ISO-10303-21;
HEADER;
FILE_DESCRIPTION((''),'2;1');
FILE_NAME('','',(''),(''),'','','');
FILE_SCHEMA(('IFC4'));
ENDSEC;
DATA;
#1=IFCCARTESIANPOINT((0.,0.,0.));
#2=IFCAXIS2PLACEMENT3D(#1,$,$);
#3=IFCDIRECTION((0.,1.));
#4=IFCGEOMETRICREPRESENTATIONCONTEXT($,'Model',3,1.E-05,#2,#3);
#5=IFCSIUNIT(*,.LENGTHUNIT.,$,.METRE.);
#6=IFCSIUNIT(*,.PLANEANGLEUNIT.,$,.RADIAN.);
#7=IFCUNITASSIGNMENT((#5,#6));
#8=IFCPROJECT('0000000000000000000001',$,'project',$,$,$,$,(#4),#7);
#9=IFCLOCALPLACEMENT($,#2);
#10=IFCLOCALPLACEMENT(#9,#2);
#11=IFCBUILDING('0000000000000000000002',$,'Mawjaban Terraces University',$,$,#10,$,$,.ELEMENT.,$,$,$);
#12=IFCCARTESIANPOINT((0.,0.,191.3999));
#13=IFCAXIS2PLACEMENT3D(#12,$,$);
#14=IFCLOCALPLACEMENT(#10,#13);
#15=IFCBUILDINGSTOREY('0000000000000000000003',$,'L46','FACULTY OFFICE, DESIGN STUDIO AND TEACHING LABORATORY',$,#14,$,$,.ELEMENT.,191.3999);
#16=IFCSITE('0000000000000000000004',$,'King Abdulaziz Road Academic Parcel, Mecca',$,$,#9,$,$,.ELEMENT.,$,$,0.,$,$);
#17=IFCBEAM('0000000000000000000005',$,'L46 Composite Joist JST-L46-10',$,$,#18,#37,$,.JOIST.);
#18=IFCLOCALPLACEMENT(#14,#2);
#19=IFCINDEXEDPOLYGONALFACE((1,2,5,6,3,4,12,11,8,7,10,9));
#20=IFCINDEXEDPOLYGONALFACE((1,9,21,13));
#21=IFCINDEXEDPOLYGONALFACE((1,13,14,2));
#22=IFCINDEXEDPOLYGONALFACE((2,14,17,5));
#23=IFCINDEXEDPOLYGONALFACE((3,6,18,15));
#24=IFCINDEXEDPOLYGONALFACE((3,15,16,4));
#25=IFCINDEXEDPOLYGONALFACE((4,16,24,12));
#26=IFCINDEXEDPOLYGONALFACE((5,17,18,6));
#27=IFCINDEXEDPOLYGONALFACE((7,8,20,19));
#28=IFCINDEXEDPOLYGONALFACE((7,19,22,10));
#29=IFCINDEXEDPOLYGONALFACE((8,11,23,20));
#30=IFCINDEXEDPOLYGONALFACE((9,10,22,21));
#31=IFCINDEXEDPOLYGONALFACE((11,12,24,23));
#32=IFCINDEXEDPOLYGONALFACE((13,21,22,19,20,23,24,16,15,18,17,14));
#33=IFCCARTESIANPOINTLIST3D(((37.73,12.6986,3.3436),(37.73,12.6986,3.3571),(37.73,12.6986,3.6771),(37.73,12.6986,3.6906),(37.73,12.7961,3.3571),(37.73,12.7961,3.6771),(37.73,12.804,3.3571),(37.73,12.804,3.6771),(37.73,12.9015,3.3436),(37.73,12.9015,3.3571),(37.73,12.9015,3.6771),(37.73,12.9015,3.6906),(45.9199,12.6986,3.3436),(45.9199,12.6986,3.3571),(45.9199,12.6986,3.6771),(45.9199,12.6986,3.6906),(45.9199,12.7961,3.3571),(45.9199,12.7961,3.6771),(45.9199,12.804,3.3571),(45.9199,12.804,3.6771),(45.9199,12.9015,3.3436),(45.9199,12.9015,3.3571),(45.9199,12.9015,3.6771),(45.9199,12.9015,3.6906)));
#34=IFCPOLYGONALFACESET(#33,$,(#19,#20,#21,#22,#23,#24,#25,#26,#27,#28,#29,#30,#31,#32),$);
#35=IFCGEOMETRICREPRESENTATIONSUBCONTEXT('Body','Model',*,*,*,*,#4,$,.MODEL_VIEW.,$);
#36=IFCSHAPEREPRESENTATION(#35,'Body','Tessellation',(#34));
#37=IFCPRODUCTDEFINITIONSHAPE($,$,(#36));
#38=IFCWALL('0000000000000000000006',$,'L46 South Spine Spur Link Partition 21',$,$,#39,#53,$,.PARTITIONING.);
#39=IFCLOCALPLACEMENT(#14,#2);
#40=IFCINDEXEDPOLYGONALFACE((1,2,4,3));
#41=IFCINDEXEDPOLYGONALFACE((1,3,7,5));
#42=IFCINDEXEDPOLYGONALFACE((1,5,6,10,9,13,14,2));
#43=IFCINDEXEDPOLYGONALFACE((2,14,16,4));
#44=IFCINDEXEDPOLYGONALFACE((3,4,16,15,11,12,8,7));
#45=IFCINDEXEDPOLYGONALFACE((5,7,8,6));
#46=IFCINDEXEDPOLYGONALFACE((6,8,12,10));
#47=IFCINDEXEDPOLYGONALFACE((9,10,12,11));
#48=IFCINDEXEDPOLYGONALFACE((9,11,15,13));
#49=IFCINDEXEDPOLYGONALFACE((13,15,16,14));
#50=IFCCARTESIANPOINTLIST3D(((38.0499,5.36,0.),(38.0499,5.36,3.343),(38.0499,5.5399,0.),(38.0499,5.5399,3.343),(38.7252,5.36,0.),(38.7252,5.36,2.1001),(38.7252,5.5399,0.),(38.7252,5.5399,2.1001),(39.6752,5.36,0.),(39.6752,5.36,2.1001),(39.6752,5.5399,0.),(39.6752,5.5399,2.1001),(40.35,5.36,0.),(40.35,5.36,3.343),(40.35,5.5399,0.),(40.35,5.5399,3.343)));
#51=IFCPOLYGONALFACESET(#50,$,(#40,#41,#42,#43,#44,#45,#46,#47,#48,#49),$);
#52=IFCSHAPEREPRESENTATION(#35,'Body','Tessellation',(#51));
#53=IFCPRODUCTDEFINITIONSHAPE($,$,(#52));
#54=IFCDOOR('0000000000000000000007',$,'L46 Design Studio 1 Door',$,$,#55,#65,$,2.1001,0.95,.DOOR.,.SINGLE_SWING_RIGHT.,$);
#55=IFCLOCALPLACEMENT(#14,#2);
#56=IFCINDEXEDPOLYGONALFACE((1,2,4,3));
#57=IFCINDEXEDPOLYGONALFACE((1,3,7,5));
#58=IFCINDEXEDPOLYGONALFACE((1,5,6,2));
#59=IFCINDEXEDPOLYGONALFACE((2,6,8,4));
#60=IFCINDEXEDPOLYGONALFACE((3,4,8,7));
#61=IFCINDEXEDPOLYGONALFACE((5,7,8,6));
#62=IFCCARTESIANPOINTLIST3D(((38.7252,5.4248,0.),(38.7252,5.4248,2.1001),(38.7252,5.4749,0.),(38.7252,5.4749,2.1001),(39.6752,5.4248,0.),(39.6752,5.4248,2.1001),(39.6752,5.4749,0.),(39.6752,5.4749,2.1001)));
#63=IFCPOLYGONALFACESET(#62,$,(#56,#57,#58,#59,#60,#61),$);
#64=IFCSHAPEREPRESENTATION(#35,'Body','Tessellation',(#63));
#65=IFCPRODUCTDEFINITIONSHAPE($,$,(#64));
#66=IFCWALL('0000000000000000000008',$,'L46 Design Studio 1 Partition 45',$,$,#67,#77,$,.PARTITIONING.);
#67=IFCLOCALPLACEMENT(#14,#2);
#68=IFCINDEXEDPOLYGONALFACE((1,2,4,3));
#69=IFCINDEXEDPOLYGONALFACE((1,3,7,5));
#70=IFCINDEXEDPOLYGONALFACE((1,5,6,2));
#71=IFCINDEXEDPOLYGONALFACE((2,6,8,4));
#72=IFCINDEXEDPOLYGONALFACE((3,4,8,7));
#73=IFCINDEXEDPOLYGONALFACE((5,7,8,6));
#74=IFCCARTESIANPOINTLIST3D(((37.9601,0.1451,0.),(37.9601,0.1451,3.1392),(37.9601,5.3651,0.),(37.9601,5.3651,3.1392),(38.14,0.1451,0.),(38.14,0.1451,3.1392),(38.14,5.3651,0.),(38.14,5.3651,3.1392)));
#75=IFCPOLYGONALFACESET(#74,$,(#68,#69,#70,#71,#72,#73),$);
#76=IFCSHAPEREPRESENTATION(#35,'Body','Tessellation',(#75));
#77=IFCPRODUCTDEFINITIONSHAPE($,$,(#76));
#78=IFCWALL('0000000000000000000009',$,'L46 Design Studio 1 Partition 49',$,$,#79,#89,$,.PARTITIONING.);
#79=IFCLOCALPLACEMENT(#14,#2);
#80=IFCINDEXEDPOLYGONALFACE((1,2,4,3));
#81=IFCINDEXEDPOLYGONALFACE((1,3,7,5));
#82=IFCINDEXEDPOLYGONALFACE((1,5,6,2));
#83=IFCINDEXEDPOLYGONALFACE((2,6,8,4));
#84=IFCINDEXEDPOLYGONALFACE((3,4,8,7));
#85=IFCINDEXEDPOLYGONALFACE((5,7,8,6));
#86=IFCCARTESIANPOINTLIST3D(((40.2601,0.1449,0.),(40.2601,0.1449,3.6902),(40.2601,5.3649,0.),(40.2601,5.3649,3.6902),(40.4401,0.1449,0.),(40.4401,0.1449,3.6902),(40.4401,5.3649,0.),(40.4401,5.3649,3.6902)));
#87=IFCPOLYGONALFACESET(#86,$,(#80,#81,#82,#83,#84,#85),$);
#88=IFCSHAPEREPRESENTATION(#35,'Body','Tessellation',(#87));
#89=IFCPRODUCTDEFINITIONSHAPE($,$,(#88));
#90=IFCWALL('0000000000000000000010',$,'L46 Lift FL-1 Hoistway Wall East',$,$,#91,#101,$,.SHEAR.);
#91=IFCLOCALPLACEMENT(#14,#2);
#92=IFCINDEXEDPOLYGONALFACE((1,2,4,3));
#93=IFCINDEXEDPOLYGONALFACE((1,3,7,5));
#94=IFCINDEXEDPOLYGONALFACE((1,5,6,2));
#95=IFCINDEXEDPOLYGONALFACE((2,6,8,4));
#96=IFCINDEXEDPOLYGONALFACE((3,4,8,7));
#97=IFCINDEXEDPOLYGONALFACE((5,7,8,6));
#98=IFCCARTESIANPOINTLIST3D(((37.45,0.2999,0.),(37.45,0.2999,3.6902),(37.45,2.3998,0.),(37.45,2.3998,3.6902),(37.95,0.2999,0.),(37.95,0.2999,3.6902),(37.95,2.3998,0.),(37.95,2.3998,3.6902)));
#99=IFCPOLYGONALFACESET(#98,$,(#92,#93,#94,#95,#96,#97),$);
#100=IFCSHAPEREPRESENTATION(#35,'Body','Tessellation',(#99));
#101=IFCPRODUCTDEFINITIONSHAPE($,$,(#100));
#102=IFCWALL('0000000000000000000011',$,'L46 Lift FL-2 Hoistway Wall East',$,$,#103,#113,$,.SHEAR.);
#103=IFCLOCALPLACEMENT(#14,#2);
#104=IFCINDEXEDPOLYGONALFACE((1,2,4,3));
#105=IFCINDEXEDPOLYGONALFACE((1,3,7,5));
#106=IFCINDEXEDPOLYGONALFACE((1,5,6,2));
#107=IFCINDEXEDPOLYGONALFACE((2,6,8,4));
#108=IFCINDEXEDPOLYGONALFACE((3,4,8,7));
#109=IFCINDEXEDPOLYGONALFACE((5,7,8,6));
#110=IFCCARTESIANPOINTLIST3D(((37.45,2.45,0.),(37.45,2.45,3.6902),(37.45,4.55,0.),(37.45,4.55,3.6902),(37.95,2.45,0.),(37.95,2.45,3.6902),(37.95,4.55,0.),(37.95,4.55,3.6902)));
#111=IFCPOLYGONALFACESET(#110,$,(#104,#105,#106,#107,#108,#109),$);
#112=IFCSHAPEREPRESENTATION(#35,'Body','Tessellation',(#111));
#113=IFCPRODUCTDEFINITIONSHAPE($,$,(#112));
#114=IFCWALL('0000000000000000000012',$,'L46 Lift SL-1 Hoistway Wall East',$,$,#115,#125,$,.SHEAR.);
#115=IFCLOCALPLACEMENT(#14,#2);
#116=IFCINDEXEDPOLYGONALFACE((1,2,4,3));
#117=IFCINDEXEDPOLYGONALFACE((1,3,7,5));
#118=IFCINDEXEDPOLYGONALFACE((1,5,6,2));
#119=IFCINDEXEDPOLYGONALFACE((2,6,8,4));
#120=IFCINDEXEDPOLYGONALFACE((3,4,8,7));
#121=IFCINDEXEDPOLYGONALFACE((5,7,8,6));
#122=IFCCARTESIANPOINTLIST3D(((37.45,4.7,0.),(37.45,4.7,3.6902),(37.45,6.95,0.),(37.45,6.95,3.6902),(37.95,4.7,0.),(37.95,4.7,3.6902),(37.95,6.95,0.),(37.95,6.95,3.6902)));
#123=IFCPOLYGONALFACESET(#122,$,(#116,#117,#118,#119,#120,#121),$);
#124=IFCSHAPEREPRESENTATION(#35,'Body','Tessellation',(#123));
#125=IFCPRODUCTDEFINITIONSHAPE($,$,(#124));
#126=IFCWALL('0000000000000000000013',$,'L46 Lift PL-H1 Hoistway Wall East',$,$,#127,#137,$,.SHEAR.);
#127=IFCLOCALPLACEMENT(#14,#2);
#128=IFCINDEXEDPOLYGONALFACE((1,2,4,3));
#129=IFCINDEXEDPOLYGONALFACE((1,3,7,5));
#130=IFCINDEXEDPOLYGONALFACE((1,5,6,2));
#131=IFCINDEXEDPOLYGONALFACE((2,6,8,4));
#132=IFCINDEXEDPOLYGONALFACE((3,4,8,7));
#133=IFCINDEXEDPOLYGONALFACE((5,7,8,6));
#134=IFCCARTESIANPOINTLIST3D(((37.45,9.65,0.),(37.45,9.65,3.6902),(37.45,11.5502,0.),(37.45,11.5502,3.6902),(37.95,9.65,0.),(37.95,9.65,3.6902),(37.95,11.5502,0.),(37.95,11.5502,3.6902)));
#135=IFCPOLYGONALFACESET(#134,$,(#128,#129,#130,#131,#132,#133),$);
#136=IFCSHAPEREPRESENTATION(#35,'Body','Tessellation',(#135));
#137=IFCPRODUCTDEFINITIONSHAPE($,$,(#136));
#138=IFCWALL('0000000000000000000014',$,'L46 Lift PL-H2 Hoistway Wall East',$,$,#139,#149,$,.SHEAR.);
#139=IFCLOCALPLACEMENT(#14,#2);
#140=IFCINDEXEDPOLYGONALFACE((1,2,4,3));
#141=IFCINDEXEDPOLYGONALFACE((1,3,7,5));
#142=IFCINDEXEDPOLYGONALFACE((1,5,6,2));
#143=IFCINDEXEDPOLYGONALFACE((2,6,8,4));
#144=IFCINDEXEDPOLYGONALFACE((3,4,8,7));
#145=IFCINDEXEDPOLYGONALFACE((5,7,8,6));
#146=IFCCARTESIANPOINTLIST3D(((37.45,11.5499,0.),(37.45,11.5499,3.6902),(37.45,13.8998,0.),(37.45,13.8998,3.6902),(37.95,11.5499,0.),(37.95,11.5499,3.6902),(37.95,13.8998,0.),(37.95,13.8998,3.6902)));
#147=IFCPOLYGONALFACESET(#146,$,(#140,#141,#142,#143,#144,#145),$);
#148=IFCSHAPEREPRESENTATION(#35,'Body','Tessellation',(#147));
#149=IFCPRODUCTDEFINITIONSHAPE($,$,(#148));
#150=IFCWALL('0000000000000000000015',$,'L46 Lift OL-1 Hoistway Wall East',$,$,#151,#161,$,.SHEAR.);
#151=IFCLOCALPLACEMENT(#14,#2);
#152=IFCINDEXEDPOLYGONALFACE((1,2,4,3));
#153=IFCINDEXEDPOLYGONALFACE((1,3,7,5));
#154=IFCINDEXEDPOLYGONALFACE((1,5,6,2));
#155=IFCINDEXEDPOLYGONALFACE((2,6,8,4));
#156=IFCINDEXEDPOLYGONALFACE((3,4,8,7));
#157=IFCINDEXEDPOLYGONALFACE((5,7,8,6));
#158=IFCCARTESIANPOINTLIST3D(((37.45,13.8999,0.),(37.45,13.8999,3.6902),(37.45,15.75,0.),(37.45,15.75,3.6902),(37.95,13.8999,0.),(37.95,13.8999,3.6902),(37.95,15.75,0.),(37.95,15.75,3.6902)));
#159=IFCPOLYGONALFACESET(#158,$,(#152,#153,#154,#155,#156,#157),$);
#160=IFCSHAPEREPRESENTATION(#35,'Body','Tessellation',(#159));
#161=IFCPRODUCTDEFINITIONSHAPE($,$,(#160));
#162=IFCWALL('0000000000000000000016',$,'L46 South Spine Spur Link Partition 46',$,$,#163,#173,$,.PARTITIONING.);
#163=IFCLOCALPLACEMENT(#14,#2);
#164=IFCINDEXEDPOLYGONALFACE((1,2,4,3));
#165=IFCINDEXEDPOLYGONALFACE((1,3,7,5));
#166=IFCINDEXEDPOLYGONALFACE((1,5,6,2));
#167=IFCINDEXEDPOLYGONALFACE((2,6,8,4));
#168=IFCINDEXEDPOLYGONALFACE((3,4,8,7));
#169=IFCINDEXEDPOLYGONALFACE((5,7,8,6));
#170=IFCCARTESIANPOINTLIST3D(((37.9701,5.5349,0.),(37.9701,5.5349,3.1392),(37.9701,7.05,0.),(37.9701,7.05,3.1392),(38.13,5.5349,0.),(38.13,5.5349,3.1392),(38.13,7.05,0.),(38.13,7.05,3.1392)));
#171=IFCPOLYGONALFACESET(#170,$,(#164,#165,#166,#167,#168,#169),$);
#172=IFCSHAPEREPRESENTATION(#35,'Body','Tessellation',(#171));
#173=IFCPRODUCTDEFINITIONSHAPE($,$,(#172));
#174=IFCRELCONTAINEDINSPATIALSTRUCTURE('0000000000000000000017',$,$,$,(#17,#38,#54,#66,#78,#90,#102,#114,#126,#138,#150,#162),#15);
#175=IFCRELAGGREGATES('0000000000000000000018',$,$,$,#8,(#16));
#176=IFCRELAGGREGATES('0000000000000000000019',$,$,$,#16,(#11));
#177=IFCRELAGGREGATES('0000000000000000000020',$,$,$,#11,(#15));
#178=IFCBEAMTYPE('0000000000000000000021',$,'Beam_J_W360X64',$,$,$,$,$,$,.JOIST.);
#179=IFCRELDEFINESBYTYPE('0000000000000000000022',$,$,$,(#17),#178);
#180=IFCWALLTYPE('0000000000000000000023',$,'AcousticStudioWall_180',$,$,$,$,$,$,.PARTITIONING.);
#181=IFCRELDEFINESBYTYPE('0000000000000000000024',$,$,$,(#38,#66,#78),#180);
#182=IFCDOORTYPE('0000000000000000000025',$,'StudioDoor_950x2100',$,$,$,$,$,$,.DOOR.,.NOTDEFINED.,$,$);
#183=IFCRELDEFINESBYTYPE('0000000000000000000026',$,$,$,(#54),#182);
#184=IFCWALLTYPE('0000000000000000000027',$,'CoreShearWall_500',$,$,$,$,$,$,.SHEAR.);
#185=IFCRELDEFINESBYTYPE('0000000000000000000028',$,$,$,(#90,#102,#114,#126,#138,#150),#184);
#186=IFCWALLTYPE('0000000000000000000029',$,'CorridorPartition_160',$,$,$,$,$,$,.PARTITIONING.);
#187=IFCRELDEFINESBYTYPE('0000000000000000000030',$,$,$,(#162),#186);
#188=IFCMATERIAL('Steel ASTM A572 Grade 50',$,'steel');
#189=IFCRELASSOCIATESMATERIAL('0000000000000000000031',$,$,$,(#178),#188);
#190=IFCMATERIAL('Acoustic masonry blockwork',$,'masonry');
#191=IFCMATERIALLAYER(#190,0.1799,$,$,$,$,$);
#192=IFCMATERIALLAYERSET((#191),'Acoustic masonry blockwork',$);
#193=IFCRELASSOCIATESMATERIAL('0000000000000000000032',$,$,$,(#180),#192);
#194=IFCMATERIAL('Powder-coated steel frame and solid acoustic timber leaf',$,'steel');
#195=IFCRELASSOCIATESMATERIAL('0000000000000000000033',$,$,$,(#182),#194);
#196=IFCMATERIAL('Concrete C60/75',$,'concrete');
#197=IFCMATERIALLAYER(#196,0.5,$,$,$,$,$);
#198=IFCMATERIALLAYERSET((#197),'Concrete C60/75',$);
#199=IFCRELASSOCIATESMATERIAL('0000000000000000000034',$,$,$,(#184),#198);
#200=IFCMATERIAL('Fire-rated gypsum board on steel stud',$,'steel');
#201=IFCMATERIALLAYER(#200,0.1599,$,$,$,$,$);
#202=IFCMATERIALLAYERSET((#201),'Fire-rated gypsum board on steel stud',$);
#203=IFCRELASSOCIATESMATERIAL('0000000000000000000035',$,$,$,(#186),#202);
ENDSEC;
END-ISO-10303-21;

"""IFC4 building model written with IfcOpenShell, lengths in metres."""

from ifc_helpers import new_model, si_unit, direction, frame, frame_2d, origin, origin_2d, place, context, subcontext, project, spatial, rectangle, i_section, extrude, material, layer, layer_set, material_profile, profile_set, type_object, element, fill, save


model = new_model("IFC4")

# Units and contexts
model_context = context("Model", 3, precision=1e-05, world=origin(), true_north=direction((0.0, 1.0)))
body_context = subcontext(model_context, "Body", "Model", "MODEL_VIEW")
ifc_project = project(units=[si_unit("LENGTHUNIT", "METRE"), si_unit("PLANEANGLEUNIT", "RADIAN")], contexts=[model_context])

# Site, building, storey
site_placement = place(None, origin())
site = spatial("IfcSite", under=ifc_project, at=site_placement, Name="King Abdulaziz Road Academic Parcel, Mecca", CompositionType="ELEMENT", RefElevation=0.0)
building_placement = place(site_placement, origin())
building = spatial("IfcBuilding", under=site, at=building_placement, Name="Mawjaban Terraces University", CompositionType="ELEMENT")
storey_placement = place(building_placement, frame((0.0, 0.0, 191.3999)))
storey = spatial("IfcBuildingStorey", under=building, at=storey_placement, Name="L46", Description="FACULTY OFFICE, DESIGN STUDIO AND TEACHING LABORATORY", CompositionType="ELEMENT", Elevation=191.3999)

# Shared definitions
ifc_material_1 = material(Name="Concrete C60/75", Category="concrete")

# Beam
ifc_material_2 = material(Name="Steel ASTM A572 Grade 50", Category="steel")
ifc_material_profile_1 = material_profile(ifc_material_2, i_section(OverallWidth=0.2029, OverallDepth=0.3469, WebThickness=0.0078, FlangeThickness=0.0134, at=origin_2d()), Name="W360X64")
ifc_profile_set_1 = profile_set([ifc_material_profile_1], Name="Steel ASTM A572 Grade 50")
beam_type_1 = type_object("IfcBeamType", Name="Beam_J_W360X64", PredefinedType="JOIST", material=ifc_profile_set_1)
for number, where, z_axis, x_axis, name in (
    (1, (37.73, 12.8, 3.5171), (1.0, 0.0, 0.0), (0.0, 1.0, 0.0), "L46 Composite Joist JST-L46-10"),
):
    element("IfcBeam", number, at=place(storey_placement, frame(where, z_axis=z_axis, x_axis=x_axis)), inside=storey, type_object=beam_type_1, Name=name, PredefinedType="JOIST", context=body_context, shape_type="SweptSolid", body=[
        extrude(i_section(OverallWidth=0.2029, OverallDepth=0.3469, WebThickness=0.0078, FlangeThickness=0.0134, at=origin_2d()), origin(), (0.0, 0.0, 1.0), 8.1899),
    ])

# Wall, opening, door
ifc_material_3 = material(Name="Acoustic masonry blockwork", Category="masonry")
ifc_layer_1 = layer(ifc_material_3, 0.1799)
ifc_layer_set_1 = layer_set([ifc_layer_1], Name="Acoustic masonry blockwork")
wall_type_1 = type_object("IfcWallType", Name="AcousticStudioWall_180", PredefinedType="PARTITIONING", material=ifc_layer_set_1)
wall_1_placement = place(storey_placement, frame((38.05, 5.45, 0.0), z_axis=(0.0, 0.0, 1.0), x_axis=(1.0, 0.0, 0.0)))
wall_1 = element("IfcWall", 2, at=wall_1_placement, inside=storey, type_object=wall_type_1, Name="L46 South Spine Spur Link Partition 21", PredefinedType="PARTITIONING", context=body_context, shape_type="SweptSolid", body=[
    extrude(rectangle(XDim=2.3, YDim=0.1799, at=frame_2d((1.1499, 0.0))), origin(), (0.0, 0.0, 1.0), 3.343),
])
opening_1_placement = place(wall_1_placement, frame((0.675, 0.0, 0.0)))
opening_1 = element("IfcOpeningElement", 3, at=opening_1_placement, cuts=wall_1, PredefinedType="OPENING", context=body_context, shape_type="SweptSolid", body=[
    extrude(rectangle(XDim=0.95, YDim=2.1001, at=frame_2d((0.4751, 1.05))), frame((0.0, 0.0999, 0.0), z_axis=(0.0, -1.0, 0.0), x_axis=(1.0, 0.0, 0.0)), (0.0, 0.0, 1.0), 0.2),
])
ifc_material_4 = material(Name="Powder-coated steel frame and solid acoustic timber leaf", Category="steel")
door_type_1 = type_object("IfcDoorType", Name="StudioDoor_950x2100", OperationType="NOTDEFINED", PredefinedType="DOOR", material=ifc_material_4)
door_1_placement = place(opening_1_placement, origin())
door_1 = element("IfcDoor", 4, at=door_1_placement, inside=storey, type_object=door_type_1, Name="L46 Design Studio 1 Door", OperationType="SINGLE_SWING_RIGHT", OverallHeight=2.1001, OverallWidth=0.95, PredefinedType="DOOR", context=body_context, shape_type="SweptSolid", body=[
    extrude(rectangle(XDim=0.95, YDim=2.1001, at=frame_2d((0.4751, 1.05))), frame((0.0, 0.0249, 0.0), z_axis=(0.0, -1.0, 0.0), x_axis=(1.0, 0.0, 0.0)), (0.0, 0.0, 1.0), 0.05),
])
fill(opening_1, door_1)

# Walls
wall_2_placement = place(storey_placement, frame((38.05, 5.365, 0.0), z_axis=(0.0, 0.0, 1.0), x_axis=(0.0, -1.0, 0.0)))
element("IfcWall", 5, at=wall_2_placement, inside=storey, type_object=wall_type_1, Name="L46 Design Studio 1 Partition 45", PredefinedType="PARTITIONING", context=body_context, shape_type="SweptSolid", body=[
    extrude(rectangle(XDim=5.22, YDim=0.1799, at=frame_2d((2.6099, 0.0))), origin(), (0.0, 0.0, 1.0), 3.1392),
])
wall_3_placement = place(storey_placement, frame((40.3501, 0.145, 0.0), z_axis=(0.0, 0.0, 1.0), x_axis=(0.0, 1.0, 0.0)))
element("IfcWall", 6, at=wall_3_placement, inside=storey, type_object=wall_type_1, Name="L46 Design Studio 1 Partition 49", PredefinedType="PARTITIONING", context=body_context, shape_type="SweptSolid", body=[
    extrude(rectangle(XDim=5.22, YDim=0.1799, at=frame_2d((2.6099, 0.0))), origin(), (0.0, 0.0, 1.0), 3.6902),
])
ifc_layer_2 = layer(ifc_material_1, 0.5)
ifc_layer_set_2 = layer_set([ifc_layer_2], Name="Concrete C60/75")
wall_type_2 = type_object("IfcWallType", Name="CoreShearWall_500", PredefinedType="SHEAR", material=ifc_layer_set_2)
wall_4_placement = place(storey_placement, frame((37.7, 0.3, 0.0), z_axis=(0.0, 0.0, 1.0), x_axis=(0.0, 1.0, 0.0)))
element("IfcWall", 7, at=wall_4_placement, inside=storey, type_object=wall_type_2, Name="L46 Lift FL-1 Hoistway Wall East", PredefinedType="SHEAR", context=body_context, shape_type="SweptSolid", body=[
    extrude(rectangle(XDim=2.0999, YDim=0.5, at=frame_2d((1.0498, 0.0))), origin(), (0.0, 0.0, 1.0), 3.6902),
])
wall_5_placement = place(storey_placement, frame((37.7, 2.45, 0.0), z_axis=(0.0, 0.0, 1.0), x_axis=(0.0, 1.0, 0.0)))
element("IfcWall", 8, at=wall_5_placement, inside=storey, type_object=wall_type_2, Name="L46 Lift FL-2 Hoistway Wall East", PredefinedType="SHEAR", context=body_context, shape_type="SweptSolid", body=[
    extrude(rectangle(XDim=2.1001, YDim=0.5, at=frame_2d((1.05, 0.0))), origin(), (0.0, 0.0, 1.0), 3.6902),
])
wall_6_placement = place(storey_placement, frame((37.7, 4.7, 0.0), z_axis=(0.0, 0.0, 1.0), x_axis=(0.0, 1.0, 0.0)))
element("IfcWall", 9, at=wall_6_placement, inside=storey, type_object=wall_type_2, Name="L46 Lift SL-1 Hoistway Wall East", PredefinedType="SHEAR", context=body_context, shape_type="SweptSolid", body=[
    extrude(rectangle(XDim=2.25, YDim=0.5, at=frame_2d((1.125, 0.0))), origin(), (0.0, 0.0, 1.0), 3.6902),
])
wall_7_placement = place(storey_placement, frame((37.7, 9.6499, 0.0), z_axis=(0.0, 0.0, 1.0), x_axis=(0.0, 1.0, 0.0)))
element("IfcWall", 10, at=wall_7_placement, inside=storey, type_object=wall_type_2, Name="L46 Lift PL-H1 Hoistway Wall East", PredefinedType="SHEAR", context=body_context, shape_type="SweptSolid", body=[
    extrude(rectangle(XDim=1.9001, YDim=0.5, at=frame_2d((0.9502, 0.0))), origin(), (0.0, 0.0, 1.0), 3.6902),
])
wall_8_placement = place(storey_placement, frame((37.7, 11.55, 0.0), z_axis=(0.0, 0.0, 1.0), x_axis=(0.0, 1.0, 0.0)))
element("IfcWall", 11, at=wall_8_placement, inside=storey, type_object=wall_type_2, Name="L46 Lift PL-H2 Hoistway Wall East", PredefinedType="SHEAR", context=body_context, shape_type="SweptSolid", body=[
    extrude(rectangle(XDim=2.3499, YDim=0.5, at=frame_2d((1.1748, 0.0))), origin(), (0.0, 0.0, 1.0), 3.6902),
])
wall_9_placement = place(storey_placement, frame((37.7, 13.8999, 0.0), z_axis=(0.0, 0.0, 1.0), x_axis=(0.0, 1.0, 0.0)))
element("IfcWall", 12, at=wall_9_placement, inside=storey, type_object=wall_type_2, Name="L46 Lift OL-1 Hoistway Wall East", PredefinedType="SHEAR", context=body_context, shape_type="SweptSolid", body=[
    extrude(rectangle(XDim=1.8501, YDim=0.5, at=frame_2d((0.925, 0.0))), origin(), (0.0, 0.0, 1.0), 3.6902),
])
ifc_material_5 = material(Name="Fire-rated gypsum board on steel stud", Category="steel")
ifc_layer_3 = layer(ifc_material_5, 0.1599)
ifc_layer_set_3 = layer_set([ifc_layer_3], Name="Fire-rated gypsum board on steel stud")
wall_type_3 = type_object("IfcWallType", Name="CorridorPartition_160", PredefinedType="PARTITIONING", material=ifc_layer_set_3)
wall_10_placement = place(storey_placement, frame((38.05, 7.05, 0.0), z_axis=(0.0, 0.0, 1.0), x_axis=(0.0, -1.0, 0.0)))
element("IfcWall", 13, at=wall_10_placement, inside=storey, type_object=wall_type_3, Name="L46 South Spine Spur Link Partition 46", PredefinedType="PARTITIONING", context=body_context, shape_type="SweptSolid", body=[
    extrude(rectangle(XDim=1.5151, YDim=0.1599, at=frame_2d((0.7576, 0.0))), origin(), (0.0, 0.0, 1.0), 3.1392),
])

save(model, "model.ifc")
